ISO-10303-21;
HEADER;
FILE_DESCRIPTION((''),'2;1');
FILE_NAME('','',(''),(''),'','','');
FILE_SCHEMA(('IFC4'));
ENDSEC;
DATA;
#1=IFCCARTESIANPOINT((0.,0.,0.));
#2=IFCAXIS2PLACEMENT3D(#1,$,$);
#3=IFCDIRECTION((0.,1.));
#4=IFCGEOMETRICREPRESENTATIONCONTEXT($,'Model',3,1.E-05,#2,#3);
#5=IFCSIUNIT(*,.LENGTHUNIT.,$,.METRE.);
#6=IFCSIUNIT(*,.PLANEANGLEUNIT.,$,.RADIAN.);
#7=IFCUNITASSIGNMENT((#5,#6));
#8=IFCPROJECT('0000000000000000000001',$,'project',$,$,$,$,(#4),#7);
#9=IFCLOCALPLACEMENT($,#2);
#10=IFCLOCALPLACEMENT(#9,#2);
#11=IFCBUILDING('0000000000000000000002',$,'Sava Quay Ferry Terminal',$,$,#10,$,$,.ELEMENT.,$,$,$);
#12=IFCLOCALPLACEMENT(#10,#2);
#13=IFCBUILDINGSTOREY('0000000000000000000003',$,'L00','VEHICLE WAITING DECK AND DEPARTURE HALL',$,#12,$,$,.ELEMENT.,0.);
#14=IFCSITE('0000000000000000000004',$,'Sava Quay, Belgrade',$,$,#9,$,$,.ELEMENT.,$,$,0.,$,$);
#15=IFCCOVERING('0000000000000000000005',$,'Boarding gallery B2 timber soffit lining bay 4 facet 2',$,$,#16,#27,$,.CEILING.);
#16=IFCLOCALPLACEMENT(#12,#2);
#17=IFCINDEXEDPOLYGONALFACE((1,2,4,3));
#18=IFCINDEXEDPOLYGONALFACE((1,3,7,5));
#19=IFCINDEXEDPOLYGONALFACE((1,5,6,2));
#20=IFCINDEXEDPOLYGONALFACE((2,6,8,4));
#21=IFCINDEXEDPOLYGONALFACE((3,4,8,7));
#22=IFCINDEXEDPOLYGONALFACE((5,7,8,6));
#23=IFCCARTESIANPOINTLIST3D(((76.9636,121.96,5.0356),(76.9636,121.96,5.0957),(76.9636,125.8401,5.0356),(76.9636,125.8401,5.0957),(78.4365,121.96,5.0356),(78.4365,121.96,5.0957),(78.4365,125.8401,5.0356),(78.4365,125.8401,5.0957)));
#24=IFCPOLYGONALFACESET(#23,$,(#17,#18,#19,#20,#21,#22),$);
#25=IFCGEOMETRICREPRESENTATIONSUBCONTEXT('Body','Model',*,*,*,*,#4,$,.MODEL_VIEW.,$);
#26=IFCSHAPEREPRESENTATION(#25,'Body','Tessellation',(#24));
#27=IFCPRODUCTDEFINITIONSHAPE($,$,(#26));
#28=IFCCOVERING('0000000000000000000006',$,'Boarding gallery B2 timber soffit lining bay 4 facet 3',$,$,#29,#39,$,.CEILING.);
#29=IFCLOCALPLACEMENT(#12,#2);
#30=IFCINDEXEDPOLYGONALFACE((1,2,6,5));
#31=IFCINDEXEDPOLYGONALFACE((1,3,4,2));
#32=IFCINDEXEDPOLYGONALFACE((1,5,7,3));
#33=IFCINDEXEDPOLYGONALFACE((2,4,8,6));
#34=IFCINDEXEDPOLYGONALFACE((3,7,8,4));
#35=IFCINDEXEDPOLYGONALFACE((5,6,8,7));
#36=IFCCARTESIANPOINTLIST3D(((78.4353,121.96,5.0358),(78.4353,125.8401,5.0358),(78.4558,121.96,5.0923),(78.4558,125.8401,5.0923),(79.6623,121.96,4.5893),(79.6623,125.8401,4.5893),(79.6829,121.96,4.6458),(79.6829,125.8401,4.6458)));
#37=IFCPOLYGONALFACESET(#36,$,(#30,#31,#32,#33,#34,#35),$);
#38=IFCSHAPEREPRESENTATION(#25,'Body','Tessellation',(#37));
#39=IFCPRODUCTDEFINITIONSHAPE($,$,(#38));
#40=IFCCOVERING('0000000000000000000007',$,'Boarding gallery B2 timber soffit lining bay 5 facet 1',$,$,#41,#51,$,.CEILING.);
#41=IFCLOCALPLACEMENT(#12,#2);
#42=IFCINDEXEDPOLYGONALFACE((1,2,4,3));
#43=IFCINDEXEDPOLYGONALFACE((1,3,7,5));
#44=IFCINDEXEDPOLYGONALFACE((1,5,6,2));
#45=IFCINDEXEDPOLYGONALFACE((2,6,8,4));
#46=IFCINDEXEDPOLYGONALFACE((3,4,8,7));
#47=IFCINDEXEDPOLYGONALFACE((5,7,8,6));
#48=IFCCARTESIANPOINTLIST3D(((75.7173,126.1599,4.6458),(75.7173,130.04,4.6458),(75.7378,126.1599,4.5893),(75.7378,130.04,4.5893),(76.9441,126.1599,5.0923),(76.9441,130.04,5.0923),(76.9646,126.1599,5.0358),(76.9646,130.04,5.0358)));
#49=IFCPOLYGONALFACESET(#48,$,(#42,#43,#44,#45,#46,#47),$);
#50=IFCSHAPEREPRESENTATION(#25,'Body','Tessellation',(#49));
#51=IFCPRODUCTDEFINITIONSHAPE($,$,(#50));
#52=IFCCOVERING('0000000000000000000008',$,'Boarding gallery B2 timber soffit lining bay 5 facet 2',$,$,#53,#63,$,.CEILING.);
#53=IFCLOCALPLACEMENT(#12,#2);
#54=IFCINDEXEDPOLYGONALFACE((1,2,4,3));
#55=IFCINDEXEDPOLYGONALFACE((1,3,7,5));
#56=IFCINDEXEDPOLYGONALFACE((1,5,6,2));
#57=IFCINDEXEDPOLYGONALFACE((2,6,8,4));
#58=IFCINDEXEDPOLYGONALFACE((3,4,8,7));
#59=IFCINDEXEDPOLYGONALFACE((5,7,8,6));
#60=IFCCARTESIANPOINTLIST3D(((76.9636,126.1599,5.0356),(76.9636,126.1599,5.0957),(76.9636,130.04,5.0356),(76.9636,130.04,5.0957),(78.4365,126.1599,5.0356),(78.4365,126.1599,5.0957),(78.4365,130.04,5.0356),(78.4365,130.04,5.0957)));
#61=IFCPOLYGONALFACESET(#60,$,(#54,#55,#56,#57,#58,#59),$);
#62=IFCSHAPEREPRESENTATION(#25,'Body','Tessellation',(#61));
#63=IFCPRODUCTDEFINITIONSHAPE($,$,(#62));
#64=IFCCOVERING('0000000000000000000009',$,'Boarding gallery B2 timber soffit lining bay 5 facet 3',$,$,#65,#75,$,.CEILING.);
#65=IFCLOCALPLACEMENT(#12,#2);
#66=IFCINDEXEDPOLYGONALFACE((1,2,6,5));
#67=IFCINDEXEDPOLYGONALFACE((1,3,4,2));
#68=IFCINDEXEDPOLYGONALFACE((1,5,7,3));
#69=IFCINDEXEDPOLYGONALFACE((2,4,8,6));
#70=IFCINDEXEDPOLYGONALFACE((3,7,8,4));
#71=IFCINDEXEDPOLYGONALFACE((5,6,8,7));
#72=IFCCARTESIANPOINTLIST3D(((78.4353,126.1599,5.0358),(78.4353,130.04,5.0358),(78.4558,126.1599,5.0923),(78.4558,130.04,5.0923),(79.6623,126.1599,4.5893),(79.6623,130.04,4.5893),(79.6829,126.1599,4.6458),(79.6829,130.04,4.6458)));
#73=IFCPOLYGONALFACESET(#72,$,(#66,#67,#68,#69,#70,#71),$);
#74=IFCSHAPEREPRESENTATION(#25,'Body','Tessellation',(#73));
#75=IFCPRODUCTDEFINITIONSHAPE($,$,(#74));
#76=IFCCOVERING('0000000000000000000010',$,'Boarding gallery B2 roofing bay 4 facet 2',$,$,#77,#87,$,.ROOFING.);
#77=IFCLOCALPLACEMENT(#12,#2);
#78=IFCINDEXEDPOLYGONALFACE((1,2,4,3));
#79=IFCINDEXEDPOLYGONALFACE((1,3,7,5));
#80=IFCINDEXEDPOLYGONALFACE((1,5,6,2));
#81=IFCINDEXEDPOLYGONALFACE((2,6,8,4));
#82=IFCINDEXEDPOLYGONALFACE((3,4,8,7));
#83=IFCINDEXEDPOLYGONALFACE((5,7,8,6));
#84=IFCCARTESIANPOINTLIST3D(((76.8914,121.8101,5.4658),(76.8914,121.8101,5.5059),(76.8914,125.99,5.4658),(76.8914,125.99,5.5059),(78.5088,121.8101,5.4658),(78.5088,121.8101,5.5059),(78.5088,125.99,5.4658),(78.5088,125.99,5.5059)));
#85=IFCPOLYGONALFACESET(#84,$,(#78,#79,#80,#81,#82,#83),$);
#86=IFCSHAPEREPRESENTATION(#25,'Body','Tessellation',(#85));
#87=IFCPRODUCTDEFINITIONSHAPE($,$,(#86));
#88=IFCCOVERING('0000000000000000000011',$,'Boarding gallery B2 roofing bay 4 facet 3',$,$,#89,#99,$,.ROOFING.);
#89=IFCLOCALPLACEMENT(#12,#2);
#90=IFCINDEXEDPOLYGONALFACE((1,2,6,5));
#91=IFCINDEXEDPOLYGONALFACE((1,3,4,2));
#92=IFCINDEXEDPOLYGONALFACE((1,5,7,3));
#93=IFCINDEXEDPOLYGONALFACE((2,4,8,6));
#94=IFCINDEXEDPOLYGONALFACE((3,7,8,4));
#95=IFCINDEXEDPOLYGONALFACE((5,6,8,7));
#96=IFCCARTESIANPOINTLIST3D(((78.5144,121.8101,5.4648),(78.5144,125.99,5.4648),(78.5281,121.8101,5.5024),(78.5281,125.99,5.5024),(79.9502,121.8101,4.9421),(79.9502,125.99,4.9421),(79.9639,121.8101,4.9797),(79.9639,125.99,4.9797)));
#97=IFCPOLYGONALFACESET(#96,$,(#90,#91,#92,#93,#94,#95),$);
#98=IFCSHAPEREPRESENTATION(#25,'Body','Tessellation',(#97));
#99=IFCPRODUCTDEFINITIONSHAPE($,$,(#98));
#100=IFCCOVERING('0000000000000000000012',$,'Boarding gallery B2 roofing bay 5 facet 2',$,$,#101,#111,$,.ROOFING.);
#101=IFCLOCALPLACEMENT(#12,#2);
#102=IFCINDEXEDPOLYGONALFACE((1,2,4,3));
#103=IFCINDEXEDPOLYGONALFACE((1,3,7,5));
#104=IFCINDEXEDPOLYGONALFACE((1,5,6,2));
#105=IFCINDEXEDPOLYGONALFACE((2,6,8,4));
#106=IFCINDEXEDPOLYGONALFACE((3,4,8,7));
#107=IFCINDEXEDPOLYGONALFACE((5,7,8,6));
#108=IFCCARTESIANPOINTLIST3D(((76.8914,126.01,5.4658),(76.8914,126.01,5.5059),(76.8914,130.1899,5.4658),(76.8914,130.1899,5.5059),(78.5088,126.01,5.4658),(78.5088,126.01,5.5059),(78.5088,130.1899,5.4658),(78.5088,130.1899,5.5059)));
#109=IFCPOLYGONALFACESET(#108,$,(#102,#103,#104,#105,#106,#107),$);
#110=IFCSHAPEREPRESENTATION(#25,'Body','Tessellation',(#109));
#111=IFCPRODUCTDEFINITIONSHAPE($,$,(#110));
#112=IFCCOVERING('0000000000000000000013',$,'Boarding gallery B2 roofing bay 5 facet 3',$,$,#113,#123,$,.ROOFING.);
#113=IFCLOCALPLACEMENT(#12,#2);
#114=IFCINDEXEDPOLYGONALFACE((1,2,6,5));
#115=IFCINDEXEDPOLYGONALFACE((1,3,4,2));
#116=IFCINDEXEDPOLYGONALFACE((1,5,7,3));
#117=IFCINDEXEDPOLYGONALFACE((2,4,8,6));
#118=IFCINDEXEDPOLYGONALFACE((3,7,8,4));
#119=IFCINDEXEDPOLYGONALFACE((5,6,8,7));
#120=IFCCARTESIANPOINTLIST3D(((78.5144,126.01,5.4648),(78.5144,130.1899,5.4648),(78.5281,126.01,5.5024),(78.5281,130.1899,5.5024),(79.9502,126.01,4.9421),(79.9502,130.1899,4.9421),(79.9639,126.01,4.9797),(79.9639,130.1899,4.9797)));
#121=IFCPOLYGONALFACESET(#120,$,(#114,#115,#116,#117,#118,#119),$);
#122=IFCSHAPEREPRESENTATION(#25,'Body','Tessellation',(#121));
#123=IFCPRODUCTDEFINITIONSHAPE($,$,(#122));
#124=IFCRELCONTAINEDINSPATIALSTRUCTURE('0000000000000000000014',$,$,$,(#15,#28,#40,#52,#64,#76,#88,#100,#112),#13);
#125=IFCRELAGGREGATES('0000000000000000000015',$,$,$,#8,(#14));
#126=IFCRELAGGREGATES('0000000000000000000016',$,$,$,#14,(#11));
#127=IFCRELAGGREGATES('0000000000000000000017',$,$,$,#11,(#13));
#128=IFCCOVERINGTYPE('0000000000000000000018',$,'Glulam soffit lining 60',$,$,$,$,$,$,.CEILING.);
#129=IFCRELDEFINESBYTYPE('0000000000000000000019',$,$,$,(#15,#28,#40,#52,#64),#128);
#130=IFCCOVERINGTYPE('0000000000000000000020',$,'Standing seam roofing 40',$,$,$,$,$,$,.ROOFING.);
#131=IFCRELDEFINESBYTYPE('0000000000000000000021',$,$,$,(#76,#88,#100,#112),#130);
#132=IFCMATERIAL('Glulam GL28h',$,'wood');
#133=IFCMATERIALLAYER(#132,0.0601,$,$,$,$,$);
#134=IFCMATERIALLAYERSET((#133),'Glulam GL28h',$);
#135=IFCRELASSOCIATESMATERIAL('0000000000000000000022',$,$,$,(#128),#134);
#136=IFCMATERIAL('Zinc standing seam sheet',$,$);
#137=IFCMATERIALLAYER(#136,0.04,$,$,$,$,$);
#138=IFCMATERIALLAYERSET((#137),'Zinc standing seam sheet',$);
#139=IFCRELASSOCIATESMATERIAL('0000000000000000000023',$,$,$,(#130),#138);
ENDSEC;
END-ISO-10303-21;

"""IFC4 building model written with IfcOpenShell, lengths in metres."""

from ifc_helpers import new_model, si_unit, direction, frame, origin, place, context, subcontext, project, spatial, polyline, outline, extrude, material, layer, layer_set, type_object, element, save


model = new_model("IFC4")

# Units and contexts
model_context = context("Model", 3, precision=1e-05, world=origin(), true_north=direction((0.0, 1.0)))
body_context = subcontext(model_context, "Body", "Model", "MODEL_VIEW")
ifc_project = project(units=[si_unit("LENGTHUNIT", "METRE"), si_unit("PLANEANGLEUNIT", "RADIAN")], contexts=[model_context])

# Site, building, storey
site_placement = place(None, origin())
site = spatial("IfcSite", under=ifc_project, at=site_placement, Name="Sava Quay, Belgrade", CompositionType="ELEMENT", RefElevation=0.0)
building_placement = place(site_placement, origin())
building = spatial("IfcBuilding", under=site, at=building_placement, Name="Sava Quay Ferry Terminal", CompositionType="ELEMENT")
storey_placement = place(building_placement, origin())
storey = spatial("IfcBuildingStorey", under=building, at=storey_placement, Name="L00", Description="VEHICLE WAITING DECK AND DEPARTURE HALL", CompositionType="ELEMENT", Elevation=0.0)

# Coverings
ifc_material_1 = material(Name="Glulam GL28h", Category="wood")
ifc_layer_1 = layer(ifc_material_1, 0.0601)
ifc_layer_set_1 = layer_set([ifc_layer_1], Name="Glulam GL28h")
covering_type_1 = type_object("IfcCoveringType", Name="Glulam soffit lining 60", PredefinedType="CEILING", material=ifc_layer_set_1)
covering_1_placement = place(storey_placement, frame((76.9636, 121.96, 5.0957), z_axis=(0.0, 0.0, 1.0), x_axis=(1.0, 0.0, 0.0)))
element("IfcCovering", 1, at=covering_1_placement, inside=storey, type_object=covering_type_1, Name="Boarding gallery B2 timber soffit lining bay 4 facet 2", PredefinedType="CEILING", context=body_context, shape_type="SweptSolid", body=[
    extrude(outline(polyline([(0.0, 0.0), (1.4729, 0.0), (1.4729, 3.8801), (0.0, 3.8801), (0.0, 0.0)])), origin(), (0.0, 0.0, -1.0), 0.0601),
])
covering_2_placement = place(storey_placement, frame((78.4558, 121.96, 5.0923), z_axis=(0.341968, 0.0, 0.939712), x_axis=(0.939712, 0.0, -0.341968)))
element("IfcCovering", 2, at=covering_2_placement, inside=storey, type_object=covering_type_1, Name="Boarding gallery B2 timber soffit lining bay 4 facet 3", PredefinedType="CEILING", context=body_context, shape_type="SweptSolid", body=[
    extrude(outline(polyline([(0.0, 0.0), (1.3058, 0.0), (1.3058, 3.8801), (0.0, 3.8801), (0.0, 0.0)])), origin(), (0.0, 0.0, -1.0), 0.0601),
])
covering_3_placement = place(storey_placement, frame((75.7173, 126.1599, 4.6458), z_axis=(-0.342028, 0.0, 0.93969), x_axis=(0.93969, 0.0, 0.342028)))
element("IfcCovering", 3, at=covering_3_placement, inside=storey, type_object=covering_type_1, Name="Boarding gallery B2 timber soffit lining bay 5 facet 1", PredefinedType="CEILING", context=body_context, shape_type="SweptSolid", body=[
    extrude(outline(polyline([(0.0, 0.0), (1.3055, 0.0), (1.3055, 3.8801), (0.0, 3.8801), (0.0, 0.0)])), origin(), (0.0, 0.0, -1.0), 0.0601),
])
covering_4_placement = place(storey_placement, frame((76.9636, 126.1599, 5.0957), z_axis=(0.0, 0.0, 1.0), x_axis=(1.0, 0.0, 0.0)))
element("IfcCovering", 4, at=covering_4_placement, inside=storey, type_object=covering_type_1, Name="Boarding gallery B2 timber soffit lining bay 5 facet 2", PredefinedType="CEILING", context=body_context, shape_type="SweptSolid", body=[
    extrude(outline(polyline([(0.0, 0.0), (1.4729, 0.0), (1.4729, 3.8801), (0.0, 3.8801), (0.0, 0.0)])), origin(), (0.0, 0.0, -1.0), 0.0601),
])
covering_5_placement = place(storey_placement, frame((78.4558, 126.1599, 5.0923), z_axis=(0.341968, 0.0, 0.939712), x_axis=(0.939712, 0.0, -0.341968)))
element("IfcCovering", 5, at=covering_5_placement, inside=storey, type_object=covering_type_1, Name="Boarding gallery B2 timber soffit lining bay 5 facet 3", PredefinedType="CEILING", context=body_context, shape_type="SweptSolid", body=[
    extrude(outline(polyline([(0.0, 0.0), (1.3058, 0.0), (1.3058, 3.8801), (0.0, 3.8801), (0.0, 0.0)])), origin(), (0.0, 0.0, -1.0), 0.0601),
])
ifc_material_2 = material(Name="Zinc standing seam sheet")
ifc_layer_2 = layer(ifc_material_2, 0.04)
ifc_layer_set_2 = layer_set([ifc_layer_2], Name="Zinc standing seam sheet")
covering_type_2 = type_object("IfcCoveringType", Name="Standing seam roofing 40", PredefinedType="ROOFING", material=ifc_layer_set_2)
covering_6_placement = place(storey_placement, frame((76.8914, 121.8101, 5.5059), z_axis=(0.0, 0.0, 1.0), x_axis=(1.0, 0.0, 0.0)))
element("IfcCovering", 6, at=covering_6_placement, inside=storey, type_object=covering_type_2, Name="Boarding gallery B2 roofing bay 4 facet 2", PredefinedType="ROOFING", context=body_context, shape_type="SweptSolid", body=[
    extrude(outline(polyline([(0.0, 0.0), (1.6174, 0.0), (1.6174, 4.1799), (0.0, 4.1799), (0.0, 0.0)])), origin(), (0.0, 0.0, -1.0), 0.04),
])
covering_7_placement = place(storey_placement, frame((78.5281, 121.8101, 5.5024), z_axis=(0.342089, 0.0, 0.939667), x_axis=(0.939667, 0.0, -0.342089)))
element("IfcCovering", 7, at=covering_7_placement, inside=storey, type_object=covering_type_2, Name="Boarding gallery B2 roofing bay 4 facet 3", PredefinedType="ROOFING", context=body_context, shape_type="SweptSolid", body=[
    extrude(outline(polyline([(0.0, 0.0), (1.528, 0.0), (1.528, 4.1799), (0.0, 4.1799), (0.0, 0.0)])), origin(), (0.0, 0.0, -1.0), 0.04),
])
covering_8_placement = place(storey_placement, frame((76.8914, 126.01, 5.5059), z_axis=(0.0, 0.0, 1.0), x_axis=(1.0, 0.0, 0.0)))
element("IfcCovering", 8, at=covering_8_placement, inside=storey, type_object=covering_type_2, Name="Boarding gallery B2 roofing bay 5 facet 2", PredefinedType="ROOFING", context=body_context, shape_type="SweptSolid", body=[
    extrude(outline(polyline([(0.0, 0.0), (1.6174, 0.0), (1.6174, 4.1799), (0.0, 4.1799), (0.0, 0.0)])), origin(), (0.0, 0.0, -1.0), 0.04),
])
covering_9_placement = place(storey_placement, frame((78.5281, 126.01, 5.5024), z_axis=(0.342089, 0.0, 0.939667), x_axis=(0.939667, 0.0, -0.342089)))
element("IfcCovering", 9, at=covering_9_placement, inside=storey, type_object=covering_type_2, Name="Boarding gallery B2 roofing bay 5 facet 3", PredefinedType="ROOFING", context=body_context, shape_type="SweptSolid", body=[
    extrude(outline(polyline([(0.0, 0.0), (1.528, 0.0), (1.528, 4.1799), (0.0, 4.1799), (0.0, 0.0)])), origin(), (0.0, 0.0, -1.0), 0.04),
])

save(model, "model.ifc")
